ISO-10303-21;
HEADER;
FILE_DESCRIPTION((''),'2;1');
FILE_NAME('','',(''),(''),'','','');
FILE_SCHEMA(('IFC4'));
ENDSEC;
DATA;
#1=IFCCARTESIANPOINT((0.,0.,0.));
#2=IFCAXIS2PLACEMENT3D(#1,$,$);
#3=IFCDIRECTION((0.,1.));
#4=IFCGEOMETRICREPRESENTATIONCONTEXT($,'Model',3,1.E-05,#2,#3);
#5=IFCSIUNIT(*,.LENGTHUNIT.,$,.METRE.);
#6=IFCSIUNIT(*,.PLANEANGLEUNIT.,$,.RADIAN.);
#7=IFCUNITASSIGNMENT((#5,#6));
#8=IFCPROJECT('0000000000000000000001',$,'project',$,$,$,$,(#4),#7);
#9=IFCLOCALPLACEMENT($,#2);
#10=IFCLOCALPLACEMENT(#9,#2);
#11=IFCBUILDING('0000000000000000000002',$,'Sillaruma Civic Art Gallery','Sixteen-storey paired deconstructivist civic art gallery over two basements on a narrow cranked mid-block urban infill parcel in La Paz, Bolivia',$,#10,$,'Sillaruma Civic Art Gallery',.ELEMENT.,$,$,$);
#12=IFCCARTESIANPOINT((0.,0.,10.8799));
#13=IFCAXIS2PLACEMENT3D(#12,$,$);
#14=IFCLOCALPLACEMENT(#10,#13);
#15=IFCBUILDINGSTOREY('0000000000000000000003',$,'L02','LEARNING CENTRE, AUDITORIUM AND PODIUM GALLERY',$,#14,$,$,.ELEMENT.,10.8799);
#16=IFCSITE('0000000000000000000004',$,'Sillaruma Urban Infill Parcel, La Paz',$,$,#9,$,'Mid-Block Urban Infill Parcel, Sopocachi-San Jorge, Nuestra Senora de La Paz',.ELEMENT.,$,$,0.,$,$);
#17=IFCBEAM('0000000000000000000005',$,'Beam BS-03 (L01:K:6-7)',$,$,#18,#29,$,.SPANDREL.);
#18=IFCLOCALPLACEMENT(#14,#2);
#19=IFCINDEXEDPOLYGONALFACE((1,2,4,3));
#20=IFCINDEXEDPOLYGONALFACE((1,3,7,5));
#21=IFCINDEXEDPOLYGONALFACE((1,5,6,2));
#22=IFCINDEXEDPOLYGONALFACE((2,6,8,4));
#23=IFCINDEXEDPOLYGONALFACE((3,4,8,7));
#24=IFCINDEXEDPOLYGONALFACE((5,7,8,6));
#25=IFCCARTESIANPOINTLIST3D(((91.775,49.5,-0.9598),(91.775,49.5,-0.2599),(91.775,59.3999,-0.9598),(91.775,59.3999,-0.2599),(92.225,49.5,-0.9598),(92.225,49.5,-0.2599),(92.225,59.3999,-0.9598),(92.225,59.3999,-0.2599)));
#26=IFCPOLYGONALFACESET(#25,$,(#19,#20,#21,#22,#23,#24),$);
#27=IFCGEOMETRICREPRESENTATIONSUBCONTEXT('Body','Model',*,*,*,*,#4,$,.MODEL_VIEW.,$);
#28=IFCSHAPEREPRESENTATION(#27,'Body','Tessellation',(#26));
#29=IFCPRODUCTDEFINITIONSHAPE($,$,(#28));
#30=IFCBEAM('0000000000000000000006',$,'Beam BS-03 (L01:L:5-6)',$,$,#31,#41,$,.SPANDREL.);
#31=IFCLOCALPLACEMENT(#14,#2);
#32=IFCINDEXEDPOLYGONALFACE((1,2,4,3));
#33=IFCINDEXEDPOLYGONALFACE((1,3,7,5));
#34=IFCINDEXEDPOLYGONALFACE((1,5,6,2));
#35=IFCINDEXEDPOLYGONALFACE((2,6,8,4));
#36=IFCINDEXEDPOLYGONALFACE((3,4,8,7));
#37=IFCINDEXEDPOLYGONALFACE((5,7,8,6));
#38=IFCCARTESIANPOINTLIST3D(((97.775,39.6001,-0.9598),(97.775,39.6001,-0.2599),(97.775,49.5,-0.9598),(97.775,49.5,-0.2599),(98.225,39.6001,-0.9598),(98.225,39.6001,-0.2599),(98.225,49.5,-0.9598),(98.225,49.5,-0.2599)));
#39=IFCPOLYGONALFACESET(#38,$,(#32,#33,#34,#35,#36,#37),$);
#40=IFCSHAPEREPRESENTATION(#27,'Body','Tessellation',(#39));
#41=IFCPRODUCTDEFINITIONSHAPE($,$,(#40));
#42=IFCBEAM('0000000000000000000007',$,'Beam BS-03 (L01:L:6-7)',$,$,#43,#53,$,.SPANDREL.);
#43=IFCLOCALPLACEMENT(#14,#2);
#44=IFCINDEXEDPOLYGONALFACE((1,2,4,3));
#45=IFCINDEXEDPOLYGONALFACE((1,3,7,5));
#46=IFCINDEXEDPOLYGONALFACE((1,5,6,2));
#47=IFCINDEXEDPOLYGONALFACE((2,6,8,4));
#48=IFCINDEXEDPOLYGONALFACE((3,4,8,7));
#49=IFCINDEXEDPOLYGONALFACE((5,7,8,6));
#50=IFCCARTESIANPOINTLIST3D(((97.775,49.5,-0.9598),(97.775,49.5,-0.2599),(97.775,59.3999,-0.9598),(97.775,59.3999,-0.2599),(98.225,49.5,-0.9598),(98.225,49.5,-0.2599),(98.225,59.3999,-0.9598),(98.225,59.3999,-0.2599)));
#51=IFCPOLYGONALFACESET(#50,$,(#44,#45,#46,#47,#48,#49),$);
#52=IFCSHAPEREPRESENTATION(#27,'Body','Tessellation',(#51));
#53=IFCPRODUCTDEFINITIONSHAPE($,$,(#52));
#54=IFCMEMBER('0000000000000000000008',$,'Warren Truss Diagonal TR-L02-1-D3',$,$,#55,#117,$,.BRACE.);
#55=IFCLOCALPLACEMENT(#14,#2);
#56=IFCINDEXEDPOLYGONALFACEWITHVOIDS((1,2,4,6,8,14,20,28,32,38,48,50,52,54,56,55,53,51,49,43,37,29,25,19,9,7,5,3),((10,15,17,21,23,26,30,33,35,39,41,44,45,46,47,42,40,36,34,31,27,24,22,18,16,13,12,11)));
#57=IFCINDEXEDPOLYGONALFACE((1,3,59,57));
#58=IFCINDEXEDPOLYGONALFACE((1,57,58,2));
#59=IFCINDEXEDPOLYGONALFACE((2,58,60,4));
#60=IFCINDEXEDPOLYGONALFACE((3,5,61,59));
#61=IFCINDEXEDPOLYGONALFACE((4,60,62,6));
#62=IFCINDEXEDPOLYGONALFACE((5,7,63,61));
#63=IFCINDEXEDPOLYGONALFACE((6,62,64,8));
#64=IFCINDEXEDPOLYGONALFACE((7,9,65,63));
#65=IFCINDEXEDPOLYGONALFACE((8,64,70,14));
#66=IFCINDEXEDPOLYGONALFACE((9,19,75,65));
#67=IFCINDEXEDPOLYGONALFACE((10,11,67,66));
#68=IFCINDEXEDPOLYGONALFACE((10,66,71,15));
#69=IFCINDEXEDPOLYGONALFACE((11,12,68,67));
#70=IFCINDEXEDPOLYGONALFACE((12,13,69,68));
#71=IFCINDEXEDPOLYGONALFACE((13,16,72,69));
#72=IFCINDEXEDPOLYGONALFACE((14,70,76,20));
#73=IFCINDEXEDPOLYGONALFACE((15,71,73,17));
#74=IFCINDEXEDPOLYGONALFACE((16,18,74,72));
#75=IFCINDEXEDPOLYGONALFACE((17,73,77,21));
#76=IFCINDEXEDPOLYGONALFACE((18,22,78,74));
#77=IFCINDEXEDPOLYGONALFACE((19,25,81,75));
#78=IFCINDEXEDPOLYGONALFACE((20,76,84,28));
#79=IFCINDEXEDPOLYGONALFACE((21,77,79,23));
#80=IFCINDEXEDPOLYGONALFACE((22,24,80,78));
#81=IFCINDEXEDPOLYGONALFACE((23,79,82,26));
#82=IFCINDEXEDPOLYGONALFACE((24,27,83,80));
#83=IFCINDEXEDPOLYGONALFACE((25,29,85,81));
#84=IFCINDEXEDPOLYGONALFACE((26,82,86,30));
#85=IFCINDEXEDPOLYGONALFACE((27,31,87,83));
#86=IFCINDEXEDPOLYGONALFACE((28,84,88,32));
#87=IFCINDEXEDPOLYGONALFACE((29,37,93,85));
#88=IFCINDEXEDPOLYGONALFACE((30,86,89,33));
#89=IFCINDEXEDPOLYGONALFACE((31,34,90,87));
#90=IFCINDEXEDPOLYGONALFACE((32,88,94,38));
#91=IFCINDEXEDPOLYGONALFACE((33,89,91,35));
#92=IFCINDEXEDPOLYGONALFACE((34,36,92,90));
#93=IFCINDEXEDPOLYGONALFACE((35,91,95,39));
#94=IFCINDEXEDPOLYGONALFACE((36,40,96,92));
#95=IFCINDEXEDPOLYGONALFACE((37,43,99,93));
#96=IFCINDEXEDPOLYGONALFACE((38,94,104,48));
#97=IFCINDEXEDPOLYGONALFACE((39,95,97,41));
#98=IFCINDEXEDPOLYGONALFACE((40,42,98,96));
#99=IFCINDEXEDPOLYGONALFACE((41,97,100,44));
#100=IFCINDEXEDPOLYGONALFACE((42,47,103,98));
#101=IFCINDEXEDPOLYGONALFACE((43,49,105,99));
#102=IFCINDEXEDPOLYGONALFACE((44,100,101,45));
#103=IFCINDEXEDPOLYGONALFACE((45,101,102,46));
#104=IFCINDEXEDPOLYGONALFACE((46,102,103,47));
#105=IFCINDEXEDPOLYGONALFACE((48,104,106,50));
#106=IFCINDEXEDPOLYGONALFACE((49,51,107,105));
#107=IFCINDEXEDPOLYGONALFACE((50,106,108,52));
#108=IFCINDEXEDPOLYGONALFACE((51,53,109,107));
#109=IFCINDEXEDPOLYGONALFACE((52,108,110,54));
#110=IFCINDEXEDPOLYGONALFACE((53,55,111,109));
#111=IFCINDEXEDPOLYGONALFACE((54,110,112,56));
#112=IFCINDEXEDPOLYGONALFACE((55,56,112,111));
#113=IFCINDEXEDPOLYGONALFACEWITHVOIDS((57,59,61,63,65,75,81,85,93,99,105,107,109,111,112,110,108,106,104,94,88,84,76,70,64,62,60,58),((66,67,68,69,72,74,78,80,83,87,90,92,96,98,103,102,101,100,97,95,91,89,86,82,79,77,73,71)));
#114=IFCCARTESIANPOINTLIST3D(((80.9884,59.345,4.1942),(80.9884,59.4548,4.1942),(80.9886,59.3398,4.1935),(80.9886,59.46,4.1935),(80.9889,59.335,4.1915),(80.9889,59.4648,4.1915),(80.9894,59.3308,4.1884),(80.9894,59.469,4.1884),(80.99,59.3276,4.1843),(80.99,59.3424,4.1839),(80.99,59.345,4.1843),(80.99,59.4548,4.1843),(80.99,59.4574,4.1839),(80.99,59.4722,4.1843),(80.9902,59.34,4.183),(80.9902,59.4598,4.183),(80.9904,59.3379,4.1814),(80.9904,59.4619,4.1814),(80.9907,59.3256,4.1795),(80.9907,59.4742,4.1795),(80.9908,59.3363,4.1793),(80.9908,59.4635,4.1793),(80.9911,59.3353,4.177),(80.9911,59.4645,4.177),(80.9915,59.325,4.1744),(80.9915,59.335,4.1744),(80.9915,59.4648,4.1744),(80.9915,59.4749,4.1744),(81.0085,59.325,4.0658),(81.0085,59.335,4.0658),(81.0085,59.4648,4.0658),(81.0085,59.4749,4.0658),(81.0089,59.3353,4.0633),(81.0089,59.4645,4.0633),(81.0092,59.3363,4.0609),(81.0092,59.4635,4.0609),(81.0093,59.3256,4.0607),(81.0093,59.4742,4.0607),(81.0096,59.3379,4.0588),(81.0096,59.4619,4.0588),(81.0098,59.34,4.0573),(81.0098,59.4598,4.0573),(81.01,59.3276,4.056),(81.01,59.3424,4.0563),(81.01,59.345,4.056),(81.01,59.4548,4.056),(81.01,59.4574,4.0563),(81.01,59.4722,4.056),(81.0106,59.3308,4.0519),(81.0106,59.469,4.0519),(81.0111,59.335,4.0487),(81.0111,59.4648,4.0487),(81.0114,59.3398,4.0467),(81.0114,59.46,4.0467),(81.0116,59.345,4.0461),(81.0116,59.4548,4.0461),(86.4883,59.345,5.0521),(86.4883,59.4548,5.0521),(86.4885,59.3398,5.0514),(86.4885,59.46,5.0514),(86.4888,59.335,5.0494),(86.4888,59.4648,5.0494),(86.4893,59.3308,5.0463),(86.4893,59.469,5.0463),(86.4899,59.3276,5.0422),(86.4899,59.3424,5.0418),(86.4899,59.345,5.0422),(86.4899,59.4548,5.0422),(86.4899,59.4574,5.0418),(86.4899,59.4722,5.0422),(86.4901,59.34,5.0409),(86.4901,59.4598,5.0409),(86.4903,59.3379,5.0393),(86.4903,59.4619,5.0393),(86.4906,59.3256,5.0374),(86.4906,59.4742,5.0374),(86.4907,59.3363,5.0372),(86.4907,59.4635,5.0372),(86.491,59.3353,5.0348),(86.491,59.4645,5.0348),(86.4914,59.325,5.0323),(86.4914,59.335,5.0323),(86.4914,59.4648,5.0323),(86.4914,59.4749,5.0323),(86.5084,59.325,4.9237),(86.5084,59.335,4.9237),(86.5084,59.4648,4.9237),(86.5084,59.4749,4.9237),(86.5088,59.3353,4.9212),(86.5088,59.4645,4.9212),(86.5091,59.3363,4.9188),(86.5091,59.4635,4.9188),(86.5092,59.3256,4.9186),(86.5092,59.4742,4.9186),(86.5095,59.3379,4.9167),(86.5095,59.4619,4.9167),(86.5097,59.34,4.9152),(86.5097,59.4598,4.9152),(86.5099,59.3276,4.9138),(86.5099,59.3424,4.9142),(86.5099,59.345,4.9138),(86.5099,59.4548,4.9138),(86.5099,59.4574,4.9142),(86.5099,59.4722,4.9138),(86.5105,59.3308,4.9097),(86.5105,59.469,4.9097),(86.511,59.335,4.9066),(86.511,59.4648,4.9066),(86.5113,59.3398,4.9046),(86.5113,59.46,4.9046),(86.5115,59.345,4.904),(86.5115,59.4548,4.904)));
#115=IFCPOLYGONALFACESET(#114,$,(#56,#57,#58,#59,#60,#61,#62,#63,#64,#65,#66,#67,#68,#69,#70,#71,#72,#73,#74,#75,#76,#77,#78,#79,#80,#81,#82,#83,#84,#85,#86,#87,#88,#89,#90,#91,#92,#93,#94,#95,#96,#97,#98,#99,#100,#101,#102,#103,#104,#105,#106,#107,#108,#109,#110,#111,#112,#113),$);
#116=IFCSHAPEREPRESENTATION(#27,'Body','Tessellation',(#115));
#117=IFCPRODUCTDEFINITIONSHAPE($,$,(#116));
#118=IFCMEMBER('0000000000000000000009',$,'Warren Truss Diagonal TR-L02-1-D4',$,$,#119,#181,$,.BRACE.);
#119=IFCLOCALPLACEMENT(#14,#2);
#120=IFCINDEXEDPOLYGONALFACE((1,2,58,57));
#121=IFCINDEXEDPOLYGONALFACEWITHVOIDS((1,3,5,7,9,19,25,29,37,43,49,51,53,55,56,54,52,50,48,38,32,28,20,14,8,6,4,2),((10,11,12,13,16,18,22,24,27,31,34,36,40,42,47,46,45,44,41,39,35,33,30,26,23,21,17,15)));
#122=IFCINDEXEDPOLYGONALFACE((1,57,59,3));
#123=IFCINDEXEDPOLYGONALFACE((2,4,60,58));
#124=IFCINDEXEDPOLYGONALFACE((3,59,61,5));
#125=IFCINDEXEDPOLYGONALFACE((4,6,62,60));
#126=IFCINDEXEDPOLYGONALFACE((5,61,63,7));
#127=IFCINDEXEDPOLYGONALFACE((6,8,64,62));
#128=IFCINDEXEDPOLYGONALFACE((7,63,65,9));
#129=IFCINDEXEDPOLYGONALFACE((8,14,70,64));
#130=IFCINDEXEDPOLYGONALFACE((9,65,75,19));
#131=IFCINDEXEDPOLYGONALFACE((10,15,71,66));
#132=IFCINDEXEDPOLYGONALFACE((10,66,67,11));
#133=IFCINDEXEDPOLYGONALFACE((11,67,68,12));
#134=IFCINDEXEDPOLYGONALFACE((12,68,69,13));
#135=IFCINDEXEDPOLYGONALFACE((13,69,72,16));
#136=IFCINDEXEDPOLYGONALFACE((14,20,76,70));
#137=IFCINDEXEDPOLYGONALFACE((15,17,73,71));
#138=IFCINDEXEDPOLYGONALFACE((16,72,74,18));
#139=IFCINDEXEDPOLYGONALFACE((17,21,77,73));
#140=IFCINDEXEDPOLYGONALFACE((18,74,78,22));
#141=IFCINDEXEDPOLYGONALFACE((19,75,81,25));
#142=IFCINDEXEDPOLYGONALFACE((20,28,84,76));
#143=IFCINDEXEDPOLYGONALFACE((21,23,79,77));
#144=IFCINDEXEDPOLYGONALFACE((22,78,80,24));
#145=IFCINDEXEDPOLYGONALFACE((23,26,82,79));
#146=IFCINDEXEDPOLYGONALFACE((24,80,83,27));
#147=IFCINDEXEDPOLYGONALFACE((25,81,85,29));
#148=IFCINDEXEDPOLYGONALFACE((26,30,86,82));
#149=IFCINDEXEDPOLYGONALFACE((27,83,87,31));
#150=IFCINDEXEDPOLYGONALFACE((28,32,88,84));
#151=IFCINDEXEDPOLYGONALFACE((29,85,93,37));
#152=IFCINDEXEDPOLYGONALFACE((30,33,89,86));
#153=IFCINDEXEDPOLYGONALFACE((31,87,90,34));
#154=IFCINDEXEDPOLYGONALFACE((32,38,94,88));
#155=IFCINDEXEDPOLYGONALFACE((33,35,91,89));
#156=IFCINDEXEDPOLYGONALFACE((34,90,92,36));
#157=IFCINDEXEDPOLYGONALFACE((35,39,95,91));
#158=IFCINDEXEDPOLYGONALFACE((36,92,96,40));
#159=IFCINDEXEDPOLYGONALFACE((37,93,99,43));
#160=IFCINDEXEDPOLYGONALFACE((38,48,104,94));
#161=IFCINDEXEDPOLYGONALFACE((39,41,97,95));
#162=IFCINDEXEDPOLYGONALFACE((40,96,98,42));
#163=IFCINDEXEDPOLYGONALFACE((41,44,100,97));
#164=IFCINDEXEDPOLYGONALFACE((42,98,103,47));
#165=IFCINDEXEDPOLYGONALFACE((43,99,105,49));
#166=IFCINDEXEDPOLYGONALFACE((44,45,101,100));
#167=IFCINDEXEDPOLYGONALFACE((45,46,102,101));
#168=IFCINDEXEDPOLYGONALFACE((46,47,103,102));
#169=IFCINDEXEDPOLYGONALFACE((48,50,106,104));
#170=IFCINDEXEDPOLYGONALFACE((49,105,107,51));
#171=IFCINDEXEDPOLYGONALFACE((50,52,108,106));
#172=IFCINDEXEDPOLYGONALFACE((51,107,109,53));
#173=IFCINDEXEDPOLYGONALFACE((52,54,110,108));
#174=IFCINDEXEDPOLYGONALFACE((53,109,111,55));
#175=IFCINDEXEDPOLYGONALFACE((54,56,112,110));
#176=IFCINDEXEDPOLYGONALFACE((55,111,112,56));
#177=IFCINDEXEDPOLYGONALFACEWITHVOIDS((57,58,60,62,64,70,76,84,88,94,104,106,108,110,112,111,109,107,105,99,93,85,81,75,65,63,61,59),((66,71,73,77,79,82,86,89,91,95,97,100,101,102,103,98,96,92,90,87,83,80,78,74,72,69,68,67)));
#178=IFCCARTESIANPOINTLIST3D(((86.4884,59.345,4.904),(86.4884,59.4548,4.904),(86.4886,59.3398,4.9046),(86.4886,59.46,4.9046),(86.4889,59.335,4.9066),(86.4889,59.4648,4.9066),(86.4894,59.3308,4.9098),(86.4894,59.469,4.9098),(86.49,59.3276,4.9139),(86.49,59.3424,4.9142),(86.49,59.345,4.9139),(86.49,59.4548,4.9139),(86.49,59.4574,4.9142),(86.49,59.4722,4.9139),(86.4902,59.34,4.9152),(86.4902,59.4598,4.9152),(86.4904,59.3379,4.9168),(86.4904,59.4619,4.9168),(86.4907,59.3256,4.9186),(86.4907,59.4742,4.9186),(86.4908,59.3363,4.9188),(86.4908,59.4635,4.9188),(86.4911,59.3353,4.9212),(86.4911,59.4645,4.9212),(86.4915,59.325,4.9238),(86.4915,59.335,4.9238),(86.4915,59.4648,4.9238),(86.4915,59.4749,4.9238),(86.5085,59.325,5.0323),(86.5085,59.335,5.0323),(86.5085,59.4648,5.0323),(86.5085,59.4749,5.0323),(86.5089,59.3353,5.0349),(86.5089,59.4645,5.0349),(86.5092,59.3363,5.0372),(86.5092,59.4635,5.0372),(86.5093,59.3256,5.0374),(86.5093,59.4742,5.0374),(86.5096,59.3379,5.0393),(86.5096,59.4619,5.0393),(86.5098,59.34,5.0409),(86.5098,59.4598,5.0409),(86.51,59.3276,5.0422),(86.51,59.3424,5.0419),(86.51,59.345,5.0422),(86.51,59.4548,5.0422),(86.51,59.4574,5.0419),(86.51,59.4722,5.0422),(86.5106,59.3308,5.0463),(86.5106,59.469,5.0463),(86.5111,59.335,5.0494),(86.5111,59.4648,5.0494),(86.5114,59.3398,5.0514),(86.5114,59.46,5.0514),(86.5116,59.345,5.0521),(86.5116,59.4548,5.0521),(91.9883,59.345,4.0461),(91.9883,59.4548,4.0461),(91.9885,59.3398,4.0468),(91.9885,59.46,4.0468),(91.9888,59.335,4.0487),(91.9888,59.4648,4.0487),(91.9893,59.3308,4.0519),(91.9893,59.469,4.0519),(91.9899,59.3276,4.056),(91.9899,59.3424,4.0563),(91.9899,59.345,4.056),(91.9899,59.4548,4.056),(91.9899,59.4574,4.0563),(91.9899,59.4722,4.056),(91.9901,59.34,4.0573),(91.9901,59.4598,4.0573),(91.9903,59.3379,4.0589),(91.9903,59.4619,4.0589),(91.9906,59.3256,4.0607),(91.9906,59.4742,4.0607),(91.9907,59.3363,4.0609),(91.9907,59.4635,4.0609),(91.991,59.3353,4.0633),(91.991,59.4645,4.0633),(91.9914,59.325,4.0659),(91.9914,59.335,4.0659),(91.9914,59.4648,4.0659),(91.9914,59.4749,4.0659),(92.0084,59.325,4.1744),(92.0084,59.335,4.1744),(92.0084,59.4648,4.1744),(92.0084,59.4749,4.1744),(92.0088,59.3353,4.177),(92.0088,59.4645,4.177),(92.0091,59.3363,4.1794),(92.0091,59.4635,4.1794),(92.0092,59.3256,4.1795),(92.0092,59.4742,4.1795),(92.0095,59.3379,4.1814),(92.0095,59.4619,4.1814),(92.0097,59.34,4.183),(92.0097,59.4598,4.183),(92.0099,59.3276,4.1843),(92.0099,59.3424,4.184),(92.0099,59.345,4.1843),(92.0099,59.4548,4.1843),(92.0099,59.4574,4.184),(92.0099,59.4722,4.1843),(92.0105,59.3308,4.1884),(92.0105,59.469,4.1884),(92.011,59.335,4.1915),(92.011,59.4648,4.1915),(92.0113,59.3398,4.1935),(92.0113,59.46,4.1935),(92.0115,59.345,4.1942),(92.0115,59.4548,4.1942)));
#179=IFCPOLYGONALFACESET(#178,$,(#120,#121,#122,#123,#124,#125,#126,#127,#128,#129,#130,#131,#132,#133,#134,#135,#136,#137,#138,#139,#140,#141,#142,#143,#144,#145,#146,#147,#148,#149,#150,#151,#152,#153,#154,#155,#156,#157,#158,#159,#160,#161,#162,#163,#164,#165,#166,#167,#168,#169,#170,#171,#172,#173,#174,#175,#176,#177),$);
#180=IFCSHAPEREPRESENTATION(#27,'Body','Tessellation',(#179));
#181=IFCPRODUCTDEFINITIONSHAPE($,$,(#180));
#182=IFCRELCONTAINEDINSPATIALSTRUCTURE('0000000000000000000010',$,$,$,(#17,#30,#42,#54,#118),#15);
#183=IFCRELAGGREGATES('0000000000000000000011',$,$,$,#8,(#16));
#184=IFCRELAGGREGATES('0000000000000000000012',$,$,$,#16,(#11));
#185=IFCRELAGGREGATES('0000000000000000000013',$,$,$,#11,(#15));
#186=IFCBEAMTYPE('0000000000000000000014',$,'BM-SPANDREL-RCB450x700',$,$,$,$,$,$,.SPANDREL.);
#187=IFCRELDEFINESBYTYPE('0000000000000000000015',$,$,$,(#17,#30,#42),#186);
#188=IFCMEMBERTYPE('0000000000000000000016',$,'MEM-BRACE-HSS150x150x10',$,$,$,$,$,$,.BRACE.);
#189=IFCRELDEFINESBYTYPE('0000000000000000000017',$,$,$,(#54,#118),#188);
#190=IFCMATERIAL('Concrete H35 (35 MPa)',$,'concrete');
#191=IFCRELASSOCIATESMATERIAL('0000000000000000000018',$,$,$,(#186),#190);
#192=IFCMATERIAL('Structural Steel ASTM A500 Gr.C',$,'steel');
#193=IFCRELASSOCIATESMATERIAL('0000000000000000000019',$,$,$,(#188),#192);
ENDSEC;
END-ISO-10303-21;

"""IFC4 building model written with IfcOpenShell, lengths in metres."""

from ifc_helpers import new_model, si_unit, direction, frame, origin, origin_2d, place, context, subcontext, project, spatial, rectangle, hollow_rectangle, extrude, material, material_profile, profile_set, type_object, element, save


model = new_model("IFC4")

# Units and contexts
model_context = context("Model", 3, precision=1e-05, world=origin(), true_north=direction((0.0, 1.0)))
body_context = subcontext(model_context, "Body", "Model", "MODEL_VIEW")
ifc_project = project(units=[si_unit("LENGTHUNIT", "METRE"), si_unit("PLANEANGLEUNIT", "RADIAN")], contexts=[model_context])

# Site, building, storey
site_placement = place(None, origin())
site = spatial("IfcSite", under=ifc_project, at=site_placement, Name="Sillaruma Urban Infill Parcel, La Paz", LongName="Mid-Block Urban Infill Parcel, Sopocachi-San Jorge, Nuestra Senora de La Paz", CompositionType="ELEMENT", RefElevation=0.0)
building_placement = place(site_placement, origin())
building = spatial("IfcBuilding", under=site, at=building_placement, Name="Sillaruma Civic Art Gallery", Description="Sixteen-storey paired deconstructivist civic art gallery over two basements on a narrow cranked mid-block urban infill parcel in La Paz, Bolivia", LongName="Sillaruma Civic Art Gallery", CompositionType="ELEMENT")
storey_placement = place(building_placement, frame((0.0, 0.0, 10.8799)))
storey = spatial("IfcBuildingStorey", under=building, at=storey_placement, Name="L02", Description="LEARNING CENTRE, AUDITORIUM AND PODIUM GALLERY", CompositionType="ELEMENT", Elevation=10.8799)

# Beams
ifc_material_1 = material(Name="Concrete H35 (35 MPa)", Category="concrete")
ifc_material_profile_1 = material_profile(ifc_material_1, rectangle(XDim=0.45, YDim=0.7, at=origin_2d()), Name="RCB450x700")
ifc_profile_set_1 = profile_set([ifc_material_profile_1], Name="Concrete H35 (35 MPa)")
beam_type_1 = type_object("IfcBeamType", Name="BM-SPANDREL-RCB450x700", PredefinedType="SPANDREL", material=ifc_profile_set_1)
for number, where, z_axis, x_axis, name in (
    (1, (92.0, 49.5, -0.6099), (0.0, 1.0, 0.0), (-1.0, 0.0, 0.0), "Beam BS-03 (L01:K:6-7)"),
    (2, (98.0, 39.6001, -0.6099), (0.0, 1.0, 0.0), (-1.0, 0.0, 0.0), "Beam BS-03 (L01:L:5-6)"),
    (3, (98.0, 49.5, -0.6099), (0.0, 1.0, 0.0), (-1.0, 0.0, 0.0), "Beam BS-03 (L01:L:6-7)"),
):
    element("IfcBeam", number, at=place(storey_placement, frame(where, z_axis=z_axis, x_axis=x_axis)), inside=storey, type_object=beam_type_1, Name=name, PredefinedType="SPANDREL", context=body_context, shape_type="SweptSolid", body=[
        extrude(rectangle(XDim=0.45, YDim=0.7, at=origin_2d()), origin(), (0.0, 0.0, 1.0), 9.8999),
    ])

# Members
ifc_material_2 = material(Name="Structural Steel ASTM A500 Gr.C", Category="steel")
ifc_material_profile_2 = material_profile(ifc_material_2, hollow_rectangle(XDim=0.1499, YDim=0.1499, WallThickness=0.01, InnerFilletRadius=0.01, OuterFilletRadius=0.02, at=origin_2d()), Name="HSS150x150x10")
ifc_profile_set_2 = profile_set([ifc_material_profile_2], Name="Structural Steel ASTM A500 Gr.C")
member_type_1 = type_object("IfcMemberType", Name="MEM-BRACE-HSS150x150x10", PredefinedType="BRACE", material=ifc_profile_set_2)
for number, where, z_axis, x_axis, name in (
    (4, (81.0, 59.3999, 4.1201), (0.988052, 0.0, 0.15412), (0.0, 1.0, 0.0), "Warren Truss Diagonal TR-L02-1-D3"),
    (5, (86.5, 59.3999, 4.978), (0.988052, 0.0, -0.15412), (0.0, 1.0, 0.0), "Warren Truss Diagonal TR-L02-1-D4"),
):
    element("IfcMember", number, at=place(storey_placement, frame(where, z_axis=z_axis, x_axis=x_axis)), inside=storey, type_object=member_type_1, Name=name, PredefinedType="BRACE", context=body_context, shape_type="SweptSolid", body=[
        extrude(hollow_rectangle(XDim=0.1499, YDim=0.1499, WallThickness=0.01, InnerFilletRadius=0.01, OuterFilletRadius=0.02, at=origin_2d()), origin(), (0.0, 0.0, 1.0), 5.5664),
    ])

save(model, "model.ifc")
